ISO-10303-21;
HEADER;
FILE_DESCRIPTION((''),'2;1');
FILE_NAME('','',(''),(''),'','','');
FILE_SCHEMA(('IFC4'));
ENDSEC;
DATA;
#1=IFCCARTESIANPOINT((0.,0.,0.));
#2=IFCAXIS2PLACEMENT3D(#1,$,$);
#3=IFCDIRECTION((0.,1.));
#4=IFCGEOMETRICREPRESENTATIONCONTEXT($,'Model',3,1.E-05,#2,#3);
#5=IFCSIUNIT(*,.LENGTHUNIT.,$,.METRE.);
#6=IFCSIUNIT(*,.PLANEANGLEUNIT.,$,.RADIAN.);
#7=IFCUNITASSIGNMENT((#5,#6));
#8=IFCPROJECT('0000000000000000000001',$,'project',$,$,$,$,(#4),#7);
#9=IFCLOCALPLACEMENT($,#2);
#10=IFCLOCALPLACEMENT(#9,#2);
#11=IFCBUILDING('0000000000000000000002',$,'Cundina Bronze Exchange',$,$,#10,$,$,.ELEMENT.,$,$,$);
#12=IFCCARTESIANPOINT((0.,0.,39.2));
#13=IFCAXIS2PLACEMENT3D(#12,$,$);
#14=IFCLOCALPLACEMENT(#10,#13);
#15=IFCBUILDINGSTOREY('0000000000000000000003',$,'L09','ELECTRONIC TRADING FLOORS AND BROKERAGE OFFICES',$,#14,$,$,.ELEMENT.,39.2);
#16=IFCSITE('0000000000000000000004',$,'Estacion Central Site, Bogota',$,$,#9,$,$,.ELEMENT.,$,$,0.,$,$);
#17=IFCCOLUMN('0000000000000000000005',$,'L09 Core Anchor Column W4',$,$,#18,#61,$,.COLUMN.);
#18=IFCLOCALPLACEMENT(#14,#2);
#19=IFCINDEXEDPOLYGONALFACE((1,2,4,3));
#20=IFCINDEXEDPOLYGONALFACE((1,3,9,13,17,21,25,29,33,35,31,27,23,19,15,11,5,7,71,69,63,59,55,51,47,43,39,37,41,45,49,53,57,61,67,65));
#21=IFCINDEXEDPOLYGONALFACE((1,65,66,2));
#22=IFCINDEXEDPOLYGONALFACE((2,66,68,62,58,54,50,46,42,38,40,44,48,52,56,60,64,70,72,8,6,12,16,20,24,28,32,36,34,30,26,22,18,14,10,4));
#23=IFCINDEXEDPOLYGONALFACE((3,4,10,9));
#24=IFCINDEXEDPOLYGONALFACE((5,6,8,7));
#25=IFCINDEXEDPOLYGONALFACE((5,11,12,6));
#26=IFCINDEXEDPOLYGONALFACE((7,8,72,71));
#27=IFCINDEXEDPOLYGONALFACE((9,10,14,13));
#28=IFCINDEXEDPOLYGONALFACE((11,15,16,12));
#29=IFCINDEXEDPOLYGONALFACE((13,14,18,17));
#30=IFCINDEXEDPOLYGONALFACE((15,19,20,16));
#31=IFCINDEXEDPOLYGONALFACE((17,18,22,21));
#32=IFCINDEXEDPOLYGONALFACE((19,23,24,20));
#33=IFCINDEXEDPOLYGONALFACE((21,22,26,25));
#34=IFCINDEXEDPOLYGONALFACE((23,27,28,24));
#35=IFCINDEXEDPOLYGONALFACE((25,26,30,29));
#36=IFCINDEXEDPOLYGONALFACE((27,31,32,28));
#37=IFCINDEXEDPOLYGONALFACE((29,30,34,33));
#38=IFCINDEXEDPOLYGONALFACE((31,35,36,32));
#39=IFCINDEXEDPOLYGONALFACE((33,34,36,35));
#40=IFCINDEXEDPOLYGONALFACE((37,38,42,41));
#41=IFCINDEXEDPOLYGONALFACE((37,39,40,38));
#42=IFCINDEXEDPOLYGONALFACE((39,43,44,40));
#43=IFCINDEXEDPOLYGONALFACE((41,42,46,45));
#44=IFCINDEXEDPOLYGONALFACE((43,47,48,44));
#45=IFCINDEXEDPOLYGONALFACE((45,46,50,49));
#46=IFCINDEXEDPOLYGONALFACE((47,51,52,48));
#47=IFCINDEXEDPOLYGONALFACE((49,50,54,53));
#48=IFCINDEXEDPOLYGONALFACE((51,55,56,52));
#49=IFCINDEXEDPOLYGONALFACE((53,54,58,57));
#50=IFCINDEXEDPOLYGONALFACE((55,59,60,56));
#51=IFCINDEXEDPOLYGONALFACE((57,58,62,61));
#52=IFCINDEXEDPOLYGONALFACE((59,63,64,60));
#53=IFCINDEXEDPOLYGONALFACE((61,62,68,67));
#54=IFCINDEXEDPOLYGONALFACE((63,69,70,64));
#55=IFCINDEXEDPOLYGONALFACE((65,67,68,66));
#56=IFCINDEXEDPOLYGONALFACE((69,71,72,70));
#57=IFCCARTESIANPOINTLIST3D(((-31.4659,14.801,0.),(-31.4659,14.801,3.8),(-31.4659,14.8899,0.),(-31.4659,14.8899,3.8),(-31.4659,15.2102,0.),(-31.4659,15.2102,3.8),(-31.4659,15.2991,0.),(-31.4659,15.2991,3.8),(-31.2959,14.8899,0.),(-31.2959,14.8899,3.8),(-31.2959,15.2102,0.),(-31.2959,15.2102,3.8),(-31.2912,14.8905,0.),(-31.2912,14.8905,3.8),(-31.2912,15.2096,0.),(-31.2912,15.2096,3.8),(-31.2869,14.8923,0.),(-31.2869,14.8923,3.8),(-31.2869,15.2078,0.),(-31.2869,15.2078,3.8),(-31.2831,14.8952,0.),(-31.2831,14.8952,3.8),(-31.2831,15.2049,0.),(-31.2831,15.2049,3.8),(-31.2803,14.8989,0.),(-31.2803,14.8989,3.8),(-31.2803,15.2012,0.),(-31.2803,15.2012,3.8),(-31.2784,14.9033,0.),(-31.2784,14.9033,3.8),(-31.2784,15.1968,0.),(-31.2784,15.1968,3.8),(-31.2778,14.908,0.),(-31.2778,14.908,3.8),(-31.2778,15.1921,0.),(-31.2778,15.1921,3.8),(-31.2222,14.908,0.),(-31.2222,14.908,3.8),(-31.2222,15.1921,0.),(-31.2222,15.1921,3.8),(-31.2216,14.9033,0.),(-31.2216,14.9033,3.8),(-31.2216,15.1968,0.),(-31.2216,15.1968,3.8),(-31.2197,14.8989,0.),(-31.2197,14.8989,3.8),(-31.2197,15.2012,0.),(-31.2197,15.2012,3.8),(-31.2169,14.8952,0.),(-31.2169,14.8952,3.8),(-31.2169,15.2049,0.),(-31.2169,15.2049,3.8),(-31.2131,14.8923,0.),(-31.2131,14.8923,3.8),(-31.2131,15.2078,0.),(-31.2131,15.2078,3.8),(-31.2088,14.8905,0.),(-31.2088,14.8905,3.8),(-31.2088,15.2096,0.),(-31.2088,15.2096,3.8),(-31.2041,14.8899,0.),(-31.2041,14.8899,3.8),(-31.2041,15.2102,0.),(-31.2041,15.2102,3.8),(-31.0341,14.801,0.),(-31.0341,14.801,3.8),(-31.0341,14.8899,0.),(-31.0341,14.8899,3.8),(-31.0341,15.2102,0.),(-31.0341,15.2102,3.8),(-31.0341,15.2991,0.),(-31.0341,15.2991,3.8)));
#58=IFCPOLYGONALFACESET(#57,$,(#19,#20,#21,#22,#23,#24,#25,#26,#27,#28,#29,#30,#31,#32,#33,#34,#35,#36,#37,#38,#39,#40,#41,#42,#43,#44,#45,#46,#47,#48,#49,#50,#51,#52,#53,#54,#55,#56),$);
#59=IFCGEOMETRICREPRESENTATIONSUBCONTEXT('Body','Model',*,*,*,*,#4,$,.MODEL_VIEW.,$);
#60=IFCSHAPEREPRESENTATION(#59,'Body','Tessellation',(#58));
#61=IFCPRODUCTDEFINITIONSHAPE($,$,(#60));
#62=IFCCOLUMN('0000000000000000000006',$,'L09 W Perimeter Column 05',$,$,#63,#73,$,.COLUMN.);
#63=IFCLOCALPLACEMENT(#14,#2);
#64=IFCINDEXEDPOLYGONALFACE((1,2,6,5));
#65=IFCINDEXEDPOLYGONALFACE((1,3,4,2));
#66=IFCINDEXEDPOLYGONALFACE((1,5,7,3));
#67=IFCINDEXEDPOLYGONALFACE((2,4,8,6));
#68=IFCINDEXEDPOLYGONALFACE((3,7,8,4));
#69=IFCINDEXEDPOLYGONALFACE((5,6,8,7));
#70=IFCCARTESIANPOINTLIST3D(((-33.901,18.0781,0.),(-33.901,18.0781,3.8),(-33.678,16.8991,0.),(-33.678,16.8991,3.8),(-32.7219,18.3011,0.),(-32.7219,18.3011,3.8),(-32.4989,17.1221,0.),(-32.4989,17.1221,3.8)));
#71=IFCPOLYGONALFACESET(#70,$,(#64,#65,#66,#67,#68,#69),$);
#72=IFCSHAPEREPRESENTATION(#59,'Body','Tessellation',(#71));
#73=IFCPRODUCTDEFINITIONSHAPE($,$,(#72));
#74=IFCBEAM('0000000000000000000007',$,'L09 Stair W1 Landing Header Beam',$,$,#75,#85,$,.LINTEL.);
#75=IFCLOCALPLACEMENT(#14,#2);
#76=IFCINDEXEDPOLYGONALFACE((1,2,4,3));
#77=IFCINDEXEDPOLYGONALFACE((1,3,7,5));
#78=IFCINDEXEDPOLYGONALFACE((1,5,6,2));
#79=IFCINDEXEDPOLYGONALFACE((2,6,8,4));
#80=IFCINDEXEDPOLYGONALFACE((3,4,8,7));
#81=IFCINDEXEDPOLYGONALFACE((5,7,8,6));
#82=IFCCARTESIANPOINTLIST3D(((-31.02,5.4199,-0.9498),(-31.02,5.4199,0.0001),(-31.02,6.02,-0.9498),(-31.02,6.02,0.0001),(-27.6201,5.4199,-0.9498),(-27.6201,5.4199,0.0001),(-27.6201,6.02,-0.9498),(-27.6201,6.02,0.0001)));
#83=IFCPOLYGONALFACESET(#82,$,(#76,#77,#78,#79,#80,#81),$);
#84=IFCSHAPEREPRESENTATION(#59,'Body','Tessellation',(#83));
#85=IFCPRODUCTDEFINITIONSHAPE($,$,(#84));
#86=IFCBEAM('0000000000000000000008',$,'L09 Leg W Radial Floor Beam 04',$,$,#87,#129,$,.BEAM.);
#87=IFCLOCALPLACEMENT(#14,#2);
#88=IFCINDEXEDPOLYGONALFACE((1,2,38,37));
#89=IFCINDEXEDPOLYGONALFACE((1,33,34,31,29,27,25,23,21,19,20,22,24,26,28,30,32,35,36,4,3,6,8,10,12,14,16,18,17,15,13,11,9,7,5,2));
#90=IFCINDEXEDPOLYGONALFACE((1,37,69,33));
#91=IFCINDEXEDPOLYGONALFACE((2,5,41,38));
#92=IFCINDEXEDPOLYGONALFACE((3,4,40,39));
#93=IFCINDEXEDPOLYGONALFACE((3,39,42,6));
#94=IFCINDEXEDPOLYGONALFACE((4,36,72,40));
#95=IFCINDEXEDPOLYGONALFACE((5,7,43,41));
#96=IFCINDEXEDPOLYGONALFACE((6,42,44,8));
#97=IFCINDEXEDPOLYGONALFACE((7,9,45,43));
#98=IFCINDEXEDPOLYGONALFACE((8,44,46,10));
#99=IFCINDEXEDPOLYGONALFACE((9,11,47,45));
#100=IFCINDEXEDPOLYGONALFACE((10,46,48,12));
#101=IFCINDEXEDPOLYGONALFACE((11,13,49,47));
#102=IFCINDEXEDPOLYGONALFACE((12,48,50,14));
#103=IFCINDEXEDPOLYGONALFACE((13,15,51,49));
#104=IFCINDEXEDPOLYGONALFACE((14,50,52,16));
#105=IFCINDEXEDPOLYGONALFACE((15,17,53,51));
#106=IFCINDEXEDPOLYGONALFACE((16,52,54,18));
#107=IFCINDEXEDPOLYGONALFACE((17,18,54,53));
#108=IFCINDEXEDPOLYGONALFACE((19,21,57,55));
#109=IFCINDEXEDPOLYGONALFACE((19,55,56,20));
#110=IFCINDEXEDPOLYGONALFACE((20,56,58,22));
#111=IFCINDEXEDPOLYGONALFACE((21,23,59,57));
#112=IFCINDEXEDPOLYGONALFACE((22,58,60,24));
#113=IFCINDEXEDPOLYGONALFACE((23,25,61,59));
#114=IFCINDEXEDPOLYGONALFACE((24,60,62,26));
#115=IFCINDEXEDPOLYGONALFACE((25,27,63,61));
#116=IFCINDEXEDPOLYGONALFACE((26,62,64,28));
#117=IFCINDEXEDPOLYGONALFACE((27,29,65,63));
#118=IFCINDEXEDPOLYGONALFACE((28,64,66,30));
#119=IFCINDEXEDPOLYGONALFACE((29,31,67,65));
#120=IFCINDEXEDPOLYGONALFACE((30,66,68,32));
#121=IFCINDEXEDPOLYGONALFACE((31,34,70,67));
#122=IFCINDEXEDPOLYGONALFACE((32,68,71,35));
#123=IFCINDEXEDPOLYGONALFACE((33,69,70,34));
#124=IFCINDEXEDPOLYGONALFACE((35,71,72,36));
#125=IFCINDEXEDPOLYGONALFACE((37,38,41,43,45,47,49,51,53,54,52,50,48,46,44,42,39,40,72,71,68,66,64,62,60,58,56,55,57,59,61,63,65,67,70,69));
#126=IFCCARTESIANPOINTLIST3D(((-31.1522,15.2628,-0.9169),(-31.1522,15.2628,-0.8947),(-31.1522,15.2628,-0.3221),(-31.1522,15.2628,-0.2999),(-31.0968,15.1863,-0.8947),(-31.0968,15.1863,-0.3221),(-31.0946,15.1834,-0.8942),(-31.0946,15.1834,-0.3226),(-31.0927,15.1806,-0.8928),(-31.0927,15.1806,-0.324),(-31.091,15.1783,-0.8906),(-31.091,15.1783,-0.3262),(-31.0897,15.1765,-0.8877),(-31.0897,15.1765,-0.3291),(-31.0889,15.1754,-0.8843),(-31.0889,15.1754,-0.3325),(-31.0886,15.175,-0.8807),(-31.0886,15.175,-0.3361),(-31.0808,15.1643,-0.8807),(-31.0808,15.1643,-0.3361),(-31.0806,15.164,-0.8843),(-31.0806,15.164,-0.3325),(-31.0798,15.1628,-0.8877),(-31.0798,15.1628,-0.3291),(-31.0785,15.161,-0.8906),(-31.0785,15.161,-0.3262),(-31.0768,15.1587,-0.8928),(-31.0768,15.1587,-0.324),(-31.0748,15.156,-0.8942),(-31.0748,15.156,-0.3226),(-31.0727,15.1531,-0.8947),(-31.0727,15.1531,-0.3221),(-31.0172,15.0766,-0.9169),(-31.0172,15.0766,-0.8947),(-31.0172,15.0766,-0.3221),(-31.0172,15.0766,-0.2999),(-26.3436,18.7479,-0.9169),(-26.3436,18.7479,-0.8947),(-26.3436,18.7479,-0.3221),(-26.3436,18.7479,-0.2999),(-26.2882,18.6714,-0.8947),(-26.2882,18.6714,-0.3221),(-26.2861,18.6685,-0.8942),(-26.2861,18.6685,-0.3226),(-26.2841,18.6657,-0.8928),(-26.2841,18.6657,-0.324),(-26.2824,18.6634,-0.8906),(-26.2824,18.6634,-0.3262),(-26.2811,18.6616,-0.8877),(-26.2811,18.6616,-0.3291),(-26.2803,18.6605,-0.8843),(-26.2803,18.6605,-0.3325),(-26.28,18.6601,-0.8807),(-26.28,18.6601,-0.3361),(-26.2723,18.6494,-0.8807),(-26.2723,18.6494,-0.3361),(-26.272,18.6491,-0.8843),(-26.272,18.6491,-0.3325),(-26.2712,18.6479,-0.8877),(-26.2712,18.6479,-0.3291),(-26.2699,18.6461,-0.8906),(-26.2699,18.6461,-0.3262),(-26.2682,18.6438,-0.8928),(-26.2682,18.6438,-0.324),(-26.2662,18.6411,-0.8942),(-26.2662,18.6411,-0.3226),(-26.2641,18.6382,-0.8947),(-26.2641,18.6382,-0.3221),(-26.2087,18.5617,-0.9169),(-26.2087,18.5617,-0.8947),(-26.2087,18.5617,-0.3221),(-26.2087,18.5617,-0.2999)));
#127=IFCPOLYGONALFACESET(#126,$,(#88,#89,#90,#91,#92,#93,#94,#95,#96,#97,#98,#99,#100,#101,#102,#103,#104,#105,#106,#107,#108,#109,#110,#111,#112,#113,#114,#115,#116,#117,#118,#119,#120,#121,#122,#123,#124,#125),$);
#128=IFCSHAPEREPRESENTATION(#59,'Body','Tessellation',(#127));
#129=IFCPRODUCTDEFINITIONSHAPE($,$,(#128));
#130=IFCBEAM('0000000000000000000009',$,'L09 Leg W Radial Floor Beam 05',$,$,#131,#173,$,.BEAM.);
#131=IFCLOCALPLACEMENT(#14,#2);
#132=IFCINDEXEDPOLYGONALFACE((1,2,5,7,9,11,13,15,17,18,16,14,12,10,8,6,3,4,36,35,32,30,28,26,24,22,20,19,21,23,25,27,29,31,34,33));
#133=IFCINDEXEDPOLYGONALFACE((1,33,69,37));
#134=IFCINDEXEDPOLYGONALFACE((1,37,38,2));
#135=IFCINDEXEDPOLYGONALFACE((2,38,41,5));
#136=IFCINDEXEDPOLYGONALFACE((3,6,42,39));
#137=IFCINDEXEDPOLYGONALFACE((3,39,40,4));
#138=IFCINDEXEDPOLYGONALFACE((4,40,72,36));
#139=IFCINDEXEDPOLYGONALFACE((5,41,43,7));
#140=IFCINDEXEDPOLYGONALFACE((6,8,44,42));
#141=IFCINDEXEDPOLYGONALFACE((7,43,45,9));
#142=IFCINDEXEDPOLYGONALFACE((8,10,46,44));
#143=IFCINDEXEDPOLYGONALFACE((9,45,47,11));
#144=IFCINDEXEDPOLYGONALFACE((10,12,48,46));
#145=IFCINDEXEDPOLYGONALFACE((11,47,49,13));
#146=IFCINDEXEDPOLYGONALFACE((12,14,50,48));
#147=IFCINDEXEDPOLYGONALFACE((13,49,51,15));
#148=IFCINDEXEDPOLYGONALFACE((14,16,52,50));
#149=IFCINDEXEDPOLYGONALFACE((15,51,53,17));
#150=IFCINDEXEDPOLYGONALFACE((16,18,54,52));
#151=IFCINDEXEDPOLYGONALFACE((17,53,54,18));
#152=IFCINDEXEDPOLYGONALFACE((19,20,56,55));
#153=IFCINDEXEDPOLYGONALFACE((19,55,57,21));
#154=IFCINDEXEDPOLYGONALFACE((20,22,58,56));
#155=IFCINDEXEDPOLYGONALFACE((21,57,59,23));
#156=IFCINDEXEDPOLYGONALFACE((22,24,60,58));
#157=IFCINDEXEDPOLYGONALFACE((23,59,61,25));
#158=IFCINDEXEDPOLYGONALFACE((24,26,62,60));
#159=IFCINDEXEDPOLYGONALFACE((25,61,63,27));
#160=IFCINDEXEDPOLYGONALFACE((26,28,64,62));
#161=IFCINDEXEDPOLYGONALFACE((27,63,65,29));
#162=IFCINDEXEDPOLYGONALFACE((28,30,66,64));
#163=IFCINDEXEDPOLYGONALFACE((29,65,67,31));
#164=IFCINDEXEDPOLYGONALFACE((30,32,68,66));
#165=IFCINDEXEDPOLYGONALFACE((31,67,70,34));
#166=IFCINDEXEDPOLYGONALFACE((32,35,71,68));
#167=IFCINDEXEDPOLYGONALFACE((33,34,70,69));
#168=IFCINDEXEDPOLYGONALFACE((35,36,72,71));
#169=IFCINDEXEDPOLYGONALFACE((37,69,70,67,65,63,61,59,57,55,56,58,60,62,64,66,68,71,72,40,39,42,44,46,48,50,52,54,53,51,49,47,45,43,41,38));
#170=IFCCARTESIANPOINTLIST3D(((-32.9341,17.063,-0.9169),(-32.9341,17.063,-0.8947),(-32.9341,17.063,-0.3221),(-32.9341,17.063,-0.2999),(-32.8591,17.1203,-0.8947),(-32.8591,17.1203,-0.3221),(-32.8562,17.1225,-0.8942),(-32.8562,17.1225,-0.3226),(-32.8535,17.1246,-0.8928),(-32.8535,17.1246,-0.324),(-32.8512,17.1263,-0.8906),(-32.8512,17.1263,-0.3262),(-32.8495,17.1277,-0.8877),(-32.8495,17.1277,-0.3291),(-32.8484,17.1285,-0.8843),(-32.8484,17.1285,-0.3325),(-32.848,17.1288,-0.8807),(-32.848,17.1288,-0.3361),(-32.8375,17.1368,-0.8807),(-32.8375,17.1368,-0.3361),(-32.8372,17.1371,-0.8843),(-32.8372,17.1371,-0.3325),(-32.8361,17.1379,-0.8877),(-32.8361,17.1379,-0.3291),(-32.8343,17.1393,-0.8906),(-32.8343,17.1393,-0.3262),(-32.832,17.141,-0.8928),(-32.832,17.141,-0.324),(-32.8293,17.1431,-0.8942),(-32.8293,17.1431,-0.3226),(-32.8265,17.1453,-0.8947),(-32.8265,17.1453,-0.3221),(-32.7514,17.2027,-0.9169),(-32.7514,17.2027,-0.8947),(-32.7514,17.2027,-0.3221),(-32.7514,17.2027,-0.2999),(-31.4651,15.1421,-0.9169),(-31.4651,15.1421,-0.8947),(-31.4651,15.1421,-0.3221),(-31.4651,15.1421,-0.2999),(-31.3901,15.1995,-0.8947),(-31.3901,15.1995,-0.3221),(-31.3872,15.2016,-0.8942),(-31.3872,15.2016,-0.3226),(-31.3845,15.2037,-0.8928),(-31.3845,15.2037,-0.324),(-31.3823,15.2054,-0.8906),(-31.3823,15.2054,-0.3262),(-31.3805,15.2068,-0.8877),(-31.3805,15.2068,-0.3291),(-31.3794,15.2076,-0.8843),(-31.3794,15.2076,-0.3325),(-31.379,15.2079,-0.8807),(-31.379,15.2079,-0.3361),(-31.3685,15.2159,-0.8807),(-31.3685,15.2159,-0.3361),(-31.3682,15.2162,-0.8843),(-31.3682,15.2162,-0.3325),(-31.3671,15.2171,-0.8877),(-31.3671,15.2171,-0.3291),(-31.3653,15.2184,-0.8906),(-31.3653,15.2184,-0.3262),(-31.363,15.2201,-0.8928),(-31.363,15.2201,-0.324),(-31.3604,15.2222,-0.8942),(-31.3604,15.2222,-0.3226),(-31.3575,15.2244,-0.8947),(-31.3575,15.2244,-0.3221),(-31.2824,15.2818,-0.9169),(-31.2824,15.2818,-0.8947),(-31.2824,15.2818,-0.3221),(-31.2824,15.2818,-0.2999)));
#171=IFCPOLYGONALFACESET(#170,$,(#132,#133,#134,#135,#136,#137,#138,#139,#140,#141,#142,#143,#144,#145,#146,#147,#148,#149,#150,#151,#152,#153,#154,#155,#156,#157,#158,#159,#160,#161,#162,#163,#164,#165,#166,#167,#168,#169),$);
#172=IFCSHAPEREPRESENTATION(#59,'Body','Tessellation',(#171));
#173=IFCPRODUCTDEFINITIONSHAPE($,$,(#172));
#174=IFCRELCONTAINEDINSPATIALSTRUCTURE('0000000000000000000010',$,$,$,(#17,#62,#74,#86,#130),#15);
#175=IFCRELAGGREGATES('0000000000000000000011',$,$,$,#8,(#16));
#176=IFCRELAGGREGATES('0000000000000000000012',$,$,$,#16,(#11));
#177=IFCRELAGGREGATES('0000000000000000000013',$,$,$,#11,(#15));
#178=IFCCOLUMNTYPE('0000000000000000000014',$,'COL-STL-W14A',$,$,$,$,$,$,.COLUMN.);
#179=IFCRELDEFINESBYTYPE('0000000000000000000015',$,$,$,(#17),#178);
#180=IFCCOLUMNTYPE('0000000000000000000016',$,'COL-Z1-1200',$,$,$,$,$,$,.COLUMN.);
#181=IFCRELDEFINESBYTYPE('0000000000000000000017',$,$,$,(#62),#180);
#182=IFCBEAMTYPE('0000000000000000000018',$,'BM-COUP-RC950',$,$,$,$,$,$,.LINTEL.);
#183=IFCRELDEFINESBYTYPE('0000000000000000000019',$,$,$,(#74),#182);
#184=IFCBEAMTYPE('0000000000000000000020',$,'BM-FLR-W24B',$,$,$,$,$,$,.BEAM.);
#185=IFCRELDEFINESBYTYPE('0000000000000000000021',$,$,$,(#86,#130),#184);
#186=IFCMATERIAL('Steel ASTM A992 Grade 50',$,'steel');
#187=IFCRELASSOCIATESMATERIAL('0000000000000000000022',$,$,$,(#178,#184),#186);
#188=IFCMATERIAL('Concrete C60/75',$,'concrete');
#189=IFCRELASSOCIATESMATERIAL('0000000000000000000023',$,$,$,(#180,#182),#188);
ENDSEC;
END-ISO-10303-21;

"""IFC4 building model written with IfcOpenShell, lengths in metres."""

from ifc_helpers import new_model, si_unit, direction, frame, origin, origin_2d, place, context, subcontext, project, spatial, rectangle, i_section, extrude, material, material_profile, profile_set, type_object, element, save


model = new_model("IFC4")

# Units and contexts
model_context = context("Model", 3, precision=1e-05, world=origin(), true_north=direction((0.0, 1.0)))
body_context = subcontext(model_context, "Body", "Model", "MODEL_VIEW")
ifc_project = project(units=[si_unit("LENGTHUNIT", "METRE"), si_unit("PLANEANGLEUNIT", "RADIAN")], contexts=[model_context])

# Site, building, storey
site_placement = place(None, origin())
site = spatial("IfcSite", under=ifc_project, at=site_placement, Name="Estacion Central Site, Bogota", CompositionType="ELEMENT", RefElevation=0.0)
building_placement = place(site_placement, origin())
building = spatial("IfcBuilding", under=site, at=building_placement, Name="Cundina Bronze Exchange", CompositionType="ELEMENT")
storey_placement = place(building_placement, frame((0.0, 0.0, 39.2)))
storey = spatial("IfcBuildingStorey", under=building, at=storey_placement, Name="L09", Description="ELECTRONIC TRADING FLOORS AND BROKERAGE OFFICES", CompositionType="ELEMENT", Elevation=39.2)

# Columns
ifc_material_1 = material(Name="Steel ASTM A992 Grade 50", Category="steel")
ifc_material_profile_1 = material_profile(ifc_material_1, i_section(OverallWidth=0.4319, OverallDepth=0.498, WebThickness=0.0557, FlangeThickness=0.0889, FilletRadius=0.0181, at=origin_2d()), Name="W14X500", Category="steel")
ifc_profile_set_1 = profile_set([ifc_material_profile_1], Name="Steel ASTM A992 Grade 50")
column_type_1 = type_object("IfcColumnType", Name="COL-STL-W14A", PredefinedType="COLUMN", material=ifc_profile_set_1)
column_1_placement = place(storey_placement, frame((-31.25, 15.05, 0.0), z_axis=(0.0, 0.0, 1.0), x_axis=(1.0, 0.0, 0.0)))
element("IfcColumn", 1, at=column_1_placement, inside=storey, type_object=column_type_1, Name="L09 Core Anchor Column W4", PredefinedType="COLUMN", context=body_context, shape_type="SweptSolid", body=[
    extrude(i_section(OverallWidth=0.4319, OverallDepth=0.498, WebThickness=0.0557, FlangeThickness=0.0889, FilletRadius=0.0181, at=origin_2d()), origin(), (0.0, 0.0, 1.0), 3.8),
])
ifc_material_2 = material(Name="Concrete C60/75", Category="concrete")
ifc_material_profile_2 = material_profile(ifc_material_2, rectangle(XDim=1.2, YDim=1.2, at=origin_2d()), Name="RC1200X1200", Category="concrete")
ifc_profile_set_2 = profile_set([ifc_material_profile_2], Name="Concrete C60/75")
column_type_2 = type_object("IfcColumnType", Name="COL-Z1-1200", PredefinedType="COLUMN", material=ifc_profile_set_2)
column_2_placement = place(storey_placement, frame((-33.2, 17.6001, 0.0), z_axis=(0.0, 0.0, 1.0), x_axis=(-0.98258, -0.185838, 0.0)))
element("IfcColumn", 2, at=column_2_placement, inside=storey, type_object=column_type_2, Name="L09 W Perimeter Column 05", PredefinedType="COLUMN", context=body_context, shape_type="SweptSolid", body=[
    extrude(rectangle(XDim=1.2, YDim=1.2, at=origin_2d()), origin(), (0.0, 0.0, 1.0), 3.8),
])

# Beams
ifc_material_profile_3 = material_profile(ifc_material_2, rectangle(XDim=0.6001, YDim=0.95, at=origin_2d()), Name="RC600X950", Category="concrete")
ifc_profile_set_3 = profile_set([ifc_material_profile_3], Name="Concrete C60/75")
beam_type_1 = type_object("IfcBeamType", Name="BM-COUP-RC950", PredefinedType="LINTEL", material=ifc_profile_set_3)
beam_1_placement = place(storey_placement, frame((-31.02, 5.72, -0.4749), z_axis=(1.0, 0.0, 0.0), x_axis=(0.0, 1.0, 0.0)))
element("IfcBeam", 3, at=beam_1_placement, inside=storey, type_object=beam_type_1, Name="L09 Stair W1 Landing Header Beam", PredefinedType="LINTEL", context=body_context, shape_type="SweptSolid", body=[
    extrude(rectangle(XDim=0.6001, YDim=0.95, at=origin_2d()), origin(), (0.0, 0.0, 1.0), 3.3999),
])
ifc_material_profile_4 = material_profile(ifc_material_1, i_section(OverallWidth=0.23, OverallDepth=0.6169, WebThickness=0.0132, FlangeThickness=0.0222, FilletRadius=0.0139, at=origin_2d()), Name="W24X94", Category="steel")
ifc_profile_set_4 = profile_set([ifc_material_profile_4], Name="Steel ASTM A992 Grade 50")
beam_type_2 = type_object("IfcBeamType", Name="BM-FLR-W24B", PredefinedType="BEAM", material=ifc_profile_set_4)
beam_2_placement = place(storey_placement, frame((-31.0847, 15.1697, -0.6084), z_axis=(0.8097, 0.586844, 0.0), x_axis=(-0.586844, 0.8097, 0.0)))
element("IfcBeam", 4, at=beam_2_placement, inside=storey, type_object=beam_type_2, Name="L09 Leg W Radial Floor Beam 04", PredefinedType="BEAM", context=body_context, shape_type="SweptSolid", body=[
    extrude(i_section(OverallWidth=0.23, OverallDepth=0.6169, WebThickness=0.0132, FlangeThickness=0.0222, FilletRadius=0.0139, at=origin_2d()), origin(), (0.0, 0.0, 1.0), 5.9387),
])
beam_3_placement = place(storey_placement, frame((-31.3738, 15.2119, -0.6084), z_axis=(-0.607469, 0.794344, 0.0), x_axis=(-0.794344, -0.607469, 0.0)))
element("IfcBeam", 5, at=beam_3_placement, inside=storey, type_object=beam_type_2, Name="L09 Leg W Radial Floor Beam 05", PredefinedType="BEAM", context=body_context, shape_type="SweptSolid", body=[
    extrude(i_section(OverallWidth=0.23, OverallDepth=0.6169, WebThickness=0.0132, FlangeThickness=0.0222, FilletRadius=0.0139, at=origin_2d()), origin(), (0.0, 0.0, 1.0), 2.4182),
])

save(model, "model.ifc")
